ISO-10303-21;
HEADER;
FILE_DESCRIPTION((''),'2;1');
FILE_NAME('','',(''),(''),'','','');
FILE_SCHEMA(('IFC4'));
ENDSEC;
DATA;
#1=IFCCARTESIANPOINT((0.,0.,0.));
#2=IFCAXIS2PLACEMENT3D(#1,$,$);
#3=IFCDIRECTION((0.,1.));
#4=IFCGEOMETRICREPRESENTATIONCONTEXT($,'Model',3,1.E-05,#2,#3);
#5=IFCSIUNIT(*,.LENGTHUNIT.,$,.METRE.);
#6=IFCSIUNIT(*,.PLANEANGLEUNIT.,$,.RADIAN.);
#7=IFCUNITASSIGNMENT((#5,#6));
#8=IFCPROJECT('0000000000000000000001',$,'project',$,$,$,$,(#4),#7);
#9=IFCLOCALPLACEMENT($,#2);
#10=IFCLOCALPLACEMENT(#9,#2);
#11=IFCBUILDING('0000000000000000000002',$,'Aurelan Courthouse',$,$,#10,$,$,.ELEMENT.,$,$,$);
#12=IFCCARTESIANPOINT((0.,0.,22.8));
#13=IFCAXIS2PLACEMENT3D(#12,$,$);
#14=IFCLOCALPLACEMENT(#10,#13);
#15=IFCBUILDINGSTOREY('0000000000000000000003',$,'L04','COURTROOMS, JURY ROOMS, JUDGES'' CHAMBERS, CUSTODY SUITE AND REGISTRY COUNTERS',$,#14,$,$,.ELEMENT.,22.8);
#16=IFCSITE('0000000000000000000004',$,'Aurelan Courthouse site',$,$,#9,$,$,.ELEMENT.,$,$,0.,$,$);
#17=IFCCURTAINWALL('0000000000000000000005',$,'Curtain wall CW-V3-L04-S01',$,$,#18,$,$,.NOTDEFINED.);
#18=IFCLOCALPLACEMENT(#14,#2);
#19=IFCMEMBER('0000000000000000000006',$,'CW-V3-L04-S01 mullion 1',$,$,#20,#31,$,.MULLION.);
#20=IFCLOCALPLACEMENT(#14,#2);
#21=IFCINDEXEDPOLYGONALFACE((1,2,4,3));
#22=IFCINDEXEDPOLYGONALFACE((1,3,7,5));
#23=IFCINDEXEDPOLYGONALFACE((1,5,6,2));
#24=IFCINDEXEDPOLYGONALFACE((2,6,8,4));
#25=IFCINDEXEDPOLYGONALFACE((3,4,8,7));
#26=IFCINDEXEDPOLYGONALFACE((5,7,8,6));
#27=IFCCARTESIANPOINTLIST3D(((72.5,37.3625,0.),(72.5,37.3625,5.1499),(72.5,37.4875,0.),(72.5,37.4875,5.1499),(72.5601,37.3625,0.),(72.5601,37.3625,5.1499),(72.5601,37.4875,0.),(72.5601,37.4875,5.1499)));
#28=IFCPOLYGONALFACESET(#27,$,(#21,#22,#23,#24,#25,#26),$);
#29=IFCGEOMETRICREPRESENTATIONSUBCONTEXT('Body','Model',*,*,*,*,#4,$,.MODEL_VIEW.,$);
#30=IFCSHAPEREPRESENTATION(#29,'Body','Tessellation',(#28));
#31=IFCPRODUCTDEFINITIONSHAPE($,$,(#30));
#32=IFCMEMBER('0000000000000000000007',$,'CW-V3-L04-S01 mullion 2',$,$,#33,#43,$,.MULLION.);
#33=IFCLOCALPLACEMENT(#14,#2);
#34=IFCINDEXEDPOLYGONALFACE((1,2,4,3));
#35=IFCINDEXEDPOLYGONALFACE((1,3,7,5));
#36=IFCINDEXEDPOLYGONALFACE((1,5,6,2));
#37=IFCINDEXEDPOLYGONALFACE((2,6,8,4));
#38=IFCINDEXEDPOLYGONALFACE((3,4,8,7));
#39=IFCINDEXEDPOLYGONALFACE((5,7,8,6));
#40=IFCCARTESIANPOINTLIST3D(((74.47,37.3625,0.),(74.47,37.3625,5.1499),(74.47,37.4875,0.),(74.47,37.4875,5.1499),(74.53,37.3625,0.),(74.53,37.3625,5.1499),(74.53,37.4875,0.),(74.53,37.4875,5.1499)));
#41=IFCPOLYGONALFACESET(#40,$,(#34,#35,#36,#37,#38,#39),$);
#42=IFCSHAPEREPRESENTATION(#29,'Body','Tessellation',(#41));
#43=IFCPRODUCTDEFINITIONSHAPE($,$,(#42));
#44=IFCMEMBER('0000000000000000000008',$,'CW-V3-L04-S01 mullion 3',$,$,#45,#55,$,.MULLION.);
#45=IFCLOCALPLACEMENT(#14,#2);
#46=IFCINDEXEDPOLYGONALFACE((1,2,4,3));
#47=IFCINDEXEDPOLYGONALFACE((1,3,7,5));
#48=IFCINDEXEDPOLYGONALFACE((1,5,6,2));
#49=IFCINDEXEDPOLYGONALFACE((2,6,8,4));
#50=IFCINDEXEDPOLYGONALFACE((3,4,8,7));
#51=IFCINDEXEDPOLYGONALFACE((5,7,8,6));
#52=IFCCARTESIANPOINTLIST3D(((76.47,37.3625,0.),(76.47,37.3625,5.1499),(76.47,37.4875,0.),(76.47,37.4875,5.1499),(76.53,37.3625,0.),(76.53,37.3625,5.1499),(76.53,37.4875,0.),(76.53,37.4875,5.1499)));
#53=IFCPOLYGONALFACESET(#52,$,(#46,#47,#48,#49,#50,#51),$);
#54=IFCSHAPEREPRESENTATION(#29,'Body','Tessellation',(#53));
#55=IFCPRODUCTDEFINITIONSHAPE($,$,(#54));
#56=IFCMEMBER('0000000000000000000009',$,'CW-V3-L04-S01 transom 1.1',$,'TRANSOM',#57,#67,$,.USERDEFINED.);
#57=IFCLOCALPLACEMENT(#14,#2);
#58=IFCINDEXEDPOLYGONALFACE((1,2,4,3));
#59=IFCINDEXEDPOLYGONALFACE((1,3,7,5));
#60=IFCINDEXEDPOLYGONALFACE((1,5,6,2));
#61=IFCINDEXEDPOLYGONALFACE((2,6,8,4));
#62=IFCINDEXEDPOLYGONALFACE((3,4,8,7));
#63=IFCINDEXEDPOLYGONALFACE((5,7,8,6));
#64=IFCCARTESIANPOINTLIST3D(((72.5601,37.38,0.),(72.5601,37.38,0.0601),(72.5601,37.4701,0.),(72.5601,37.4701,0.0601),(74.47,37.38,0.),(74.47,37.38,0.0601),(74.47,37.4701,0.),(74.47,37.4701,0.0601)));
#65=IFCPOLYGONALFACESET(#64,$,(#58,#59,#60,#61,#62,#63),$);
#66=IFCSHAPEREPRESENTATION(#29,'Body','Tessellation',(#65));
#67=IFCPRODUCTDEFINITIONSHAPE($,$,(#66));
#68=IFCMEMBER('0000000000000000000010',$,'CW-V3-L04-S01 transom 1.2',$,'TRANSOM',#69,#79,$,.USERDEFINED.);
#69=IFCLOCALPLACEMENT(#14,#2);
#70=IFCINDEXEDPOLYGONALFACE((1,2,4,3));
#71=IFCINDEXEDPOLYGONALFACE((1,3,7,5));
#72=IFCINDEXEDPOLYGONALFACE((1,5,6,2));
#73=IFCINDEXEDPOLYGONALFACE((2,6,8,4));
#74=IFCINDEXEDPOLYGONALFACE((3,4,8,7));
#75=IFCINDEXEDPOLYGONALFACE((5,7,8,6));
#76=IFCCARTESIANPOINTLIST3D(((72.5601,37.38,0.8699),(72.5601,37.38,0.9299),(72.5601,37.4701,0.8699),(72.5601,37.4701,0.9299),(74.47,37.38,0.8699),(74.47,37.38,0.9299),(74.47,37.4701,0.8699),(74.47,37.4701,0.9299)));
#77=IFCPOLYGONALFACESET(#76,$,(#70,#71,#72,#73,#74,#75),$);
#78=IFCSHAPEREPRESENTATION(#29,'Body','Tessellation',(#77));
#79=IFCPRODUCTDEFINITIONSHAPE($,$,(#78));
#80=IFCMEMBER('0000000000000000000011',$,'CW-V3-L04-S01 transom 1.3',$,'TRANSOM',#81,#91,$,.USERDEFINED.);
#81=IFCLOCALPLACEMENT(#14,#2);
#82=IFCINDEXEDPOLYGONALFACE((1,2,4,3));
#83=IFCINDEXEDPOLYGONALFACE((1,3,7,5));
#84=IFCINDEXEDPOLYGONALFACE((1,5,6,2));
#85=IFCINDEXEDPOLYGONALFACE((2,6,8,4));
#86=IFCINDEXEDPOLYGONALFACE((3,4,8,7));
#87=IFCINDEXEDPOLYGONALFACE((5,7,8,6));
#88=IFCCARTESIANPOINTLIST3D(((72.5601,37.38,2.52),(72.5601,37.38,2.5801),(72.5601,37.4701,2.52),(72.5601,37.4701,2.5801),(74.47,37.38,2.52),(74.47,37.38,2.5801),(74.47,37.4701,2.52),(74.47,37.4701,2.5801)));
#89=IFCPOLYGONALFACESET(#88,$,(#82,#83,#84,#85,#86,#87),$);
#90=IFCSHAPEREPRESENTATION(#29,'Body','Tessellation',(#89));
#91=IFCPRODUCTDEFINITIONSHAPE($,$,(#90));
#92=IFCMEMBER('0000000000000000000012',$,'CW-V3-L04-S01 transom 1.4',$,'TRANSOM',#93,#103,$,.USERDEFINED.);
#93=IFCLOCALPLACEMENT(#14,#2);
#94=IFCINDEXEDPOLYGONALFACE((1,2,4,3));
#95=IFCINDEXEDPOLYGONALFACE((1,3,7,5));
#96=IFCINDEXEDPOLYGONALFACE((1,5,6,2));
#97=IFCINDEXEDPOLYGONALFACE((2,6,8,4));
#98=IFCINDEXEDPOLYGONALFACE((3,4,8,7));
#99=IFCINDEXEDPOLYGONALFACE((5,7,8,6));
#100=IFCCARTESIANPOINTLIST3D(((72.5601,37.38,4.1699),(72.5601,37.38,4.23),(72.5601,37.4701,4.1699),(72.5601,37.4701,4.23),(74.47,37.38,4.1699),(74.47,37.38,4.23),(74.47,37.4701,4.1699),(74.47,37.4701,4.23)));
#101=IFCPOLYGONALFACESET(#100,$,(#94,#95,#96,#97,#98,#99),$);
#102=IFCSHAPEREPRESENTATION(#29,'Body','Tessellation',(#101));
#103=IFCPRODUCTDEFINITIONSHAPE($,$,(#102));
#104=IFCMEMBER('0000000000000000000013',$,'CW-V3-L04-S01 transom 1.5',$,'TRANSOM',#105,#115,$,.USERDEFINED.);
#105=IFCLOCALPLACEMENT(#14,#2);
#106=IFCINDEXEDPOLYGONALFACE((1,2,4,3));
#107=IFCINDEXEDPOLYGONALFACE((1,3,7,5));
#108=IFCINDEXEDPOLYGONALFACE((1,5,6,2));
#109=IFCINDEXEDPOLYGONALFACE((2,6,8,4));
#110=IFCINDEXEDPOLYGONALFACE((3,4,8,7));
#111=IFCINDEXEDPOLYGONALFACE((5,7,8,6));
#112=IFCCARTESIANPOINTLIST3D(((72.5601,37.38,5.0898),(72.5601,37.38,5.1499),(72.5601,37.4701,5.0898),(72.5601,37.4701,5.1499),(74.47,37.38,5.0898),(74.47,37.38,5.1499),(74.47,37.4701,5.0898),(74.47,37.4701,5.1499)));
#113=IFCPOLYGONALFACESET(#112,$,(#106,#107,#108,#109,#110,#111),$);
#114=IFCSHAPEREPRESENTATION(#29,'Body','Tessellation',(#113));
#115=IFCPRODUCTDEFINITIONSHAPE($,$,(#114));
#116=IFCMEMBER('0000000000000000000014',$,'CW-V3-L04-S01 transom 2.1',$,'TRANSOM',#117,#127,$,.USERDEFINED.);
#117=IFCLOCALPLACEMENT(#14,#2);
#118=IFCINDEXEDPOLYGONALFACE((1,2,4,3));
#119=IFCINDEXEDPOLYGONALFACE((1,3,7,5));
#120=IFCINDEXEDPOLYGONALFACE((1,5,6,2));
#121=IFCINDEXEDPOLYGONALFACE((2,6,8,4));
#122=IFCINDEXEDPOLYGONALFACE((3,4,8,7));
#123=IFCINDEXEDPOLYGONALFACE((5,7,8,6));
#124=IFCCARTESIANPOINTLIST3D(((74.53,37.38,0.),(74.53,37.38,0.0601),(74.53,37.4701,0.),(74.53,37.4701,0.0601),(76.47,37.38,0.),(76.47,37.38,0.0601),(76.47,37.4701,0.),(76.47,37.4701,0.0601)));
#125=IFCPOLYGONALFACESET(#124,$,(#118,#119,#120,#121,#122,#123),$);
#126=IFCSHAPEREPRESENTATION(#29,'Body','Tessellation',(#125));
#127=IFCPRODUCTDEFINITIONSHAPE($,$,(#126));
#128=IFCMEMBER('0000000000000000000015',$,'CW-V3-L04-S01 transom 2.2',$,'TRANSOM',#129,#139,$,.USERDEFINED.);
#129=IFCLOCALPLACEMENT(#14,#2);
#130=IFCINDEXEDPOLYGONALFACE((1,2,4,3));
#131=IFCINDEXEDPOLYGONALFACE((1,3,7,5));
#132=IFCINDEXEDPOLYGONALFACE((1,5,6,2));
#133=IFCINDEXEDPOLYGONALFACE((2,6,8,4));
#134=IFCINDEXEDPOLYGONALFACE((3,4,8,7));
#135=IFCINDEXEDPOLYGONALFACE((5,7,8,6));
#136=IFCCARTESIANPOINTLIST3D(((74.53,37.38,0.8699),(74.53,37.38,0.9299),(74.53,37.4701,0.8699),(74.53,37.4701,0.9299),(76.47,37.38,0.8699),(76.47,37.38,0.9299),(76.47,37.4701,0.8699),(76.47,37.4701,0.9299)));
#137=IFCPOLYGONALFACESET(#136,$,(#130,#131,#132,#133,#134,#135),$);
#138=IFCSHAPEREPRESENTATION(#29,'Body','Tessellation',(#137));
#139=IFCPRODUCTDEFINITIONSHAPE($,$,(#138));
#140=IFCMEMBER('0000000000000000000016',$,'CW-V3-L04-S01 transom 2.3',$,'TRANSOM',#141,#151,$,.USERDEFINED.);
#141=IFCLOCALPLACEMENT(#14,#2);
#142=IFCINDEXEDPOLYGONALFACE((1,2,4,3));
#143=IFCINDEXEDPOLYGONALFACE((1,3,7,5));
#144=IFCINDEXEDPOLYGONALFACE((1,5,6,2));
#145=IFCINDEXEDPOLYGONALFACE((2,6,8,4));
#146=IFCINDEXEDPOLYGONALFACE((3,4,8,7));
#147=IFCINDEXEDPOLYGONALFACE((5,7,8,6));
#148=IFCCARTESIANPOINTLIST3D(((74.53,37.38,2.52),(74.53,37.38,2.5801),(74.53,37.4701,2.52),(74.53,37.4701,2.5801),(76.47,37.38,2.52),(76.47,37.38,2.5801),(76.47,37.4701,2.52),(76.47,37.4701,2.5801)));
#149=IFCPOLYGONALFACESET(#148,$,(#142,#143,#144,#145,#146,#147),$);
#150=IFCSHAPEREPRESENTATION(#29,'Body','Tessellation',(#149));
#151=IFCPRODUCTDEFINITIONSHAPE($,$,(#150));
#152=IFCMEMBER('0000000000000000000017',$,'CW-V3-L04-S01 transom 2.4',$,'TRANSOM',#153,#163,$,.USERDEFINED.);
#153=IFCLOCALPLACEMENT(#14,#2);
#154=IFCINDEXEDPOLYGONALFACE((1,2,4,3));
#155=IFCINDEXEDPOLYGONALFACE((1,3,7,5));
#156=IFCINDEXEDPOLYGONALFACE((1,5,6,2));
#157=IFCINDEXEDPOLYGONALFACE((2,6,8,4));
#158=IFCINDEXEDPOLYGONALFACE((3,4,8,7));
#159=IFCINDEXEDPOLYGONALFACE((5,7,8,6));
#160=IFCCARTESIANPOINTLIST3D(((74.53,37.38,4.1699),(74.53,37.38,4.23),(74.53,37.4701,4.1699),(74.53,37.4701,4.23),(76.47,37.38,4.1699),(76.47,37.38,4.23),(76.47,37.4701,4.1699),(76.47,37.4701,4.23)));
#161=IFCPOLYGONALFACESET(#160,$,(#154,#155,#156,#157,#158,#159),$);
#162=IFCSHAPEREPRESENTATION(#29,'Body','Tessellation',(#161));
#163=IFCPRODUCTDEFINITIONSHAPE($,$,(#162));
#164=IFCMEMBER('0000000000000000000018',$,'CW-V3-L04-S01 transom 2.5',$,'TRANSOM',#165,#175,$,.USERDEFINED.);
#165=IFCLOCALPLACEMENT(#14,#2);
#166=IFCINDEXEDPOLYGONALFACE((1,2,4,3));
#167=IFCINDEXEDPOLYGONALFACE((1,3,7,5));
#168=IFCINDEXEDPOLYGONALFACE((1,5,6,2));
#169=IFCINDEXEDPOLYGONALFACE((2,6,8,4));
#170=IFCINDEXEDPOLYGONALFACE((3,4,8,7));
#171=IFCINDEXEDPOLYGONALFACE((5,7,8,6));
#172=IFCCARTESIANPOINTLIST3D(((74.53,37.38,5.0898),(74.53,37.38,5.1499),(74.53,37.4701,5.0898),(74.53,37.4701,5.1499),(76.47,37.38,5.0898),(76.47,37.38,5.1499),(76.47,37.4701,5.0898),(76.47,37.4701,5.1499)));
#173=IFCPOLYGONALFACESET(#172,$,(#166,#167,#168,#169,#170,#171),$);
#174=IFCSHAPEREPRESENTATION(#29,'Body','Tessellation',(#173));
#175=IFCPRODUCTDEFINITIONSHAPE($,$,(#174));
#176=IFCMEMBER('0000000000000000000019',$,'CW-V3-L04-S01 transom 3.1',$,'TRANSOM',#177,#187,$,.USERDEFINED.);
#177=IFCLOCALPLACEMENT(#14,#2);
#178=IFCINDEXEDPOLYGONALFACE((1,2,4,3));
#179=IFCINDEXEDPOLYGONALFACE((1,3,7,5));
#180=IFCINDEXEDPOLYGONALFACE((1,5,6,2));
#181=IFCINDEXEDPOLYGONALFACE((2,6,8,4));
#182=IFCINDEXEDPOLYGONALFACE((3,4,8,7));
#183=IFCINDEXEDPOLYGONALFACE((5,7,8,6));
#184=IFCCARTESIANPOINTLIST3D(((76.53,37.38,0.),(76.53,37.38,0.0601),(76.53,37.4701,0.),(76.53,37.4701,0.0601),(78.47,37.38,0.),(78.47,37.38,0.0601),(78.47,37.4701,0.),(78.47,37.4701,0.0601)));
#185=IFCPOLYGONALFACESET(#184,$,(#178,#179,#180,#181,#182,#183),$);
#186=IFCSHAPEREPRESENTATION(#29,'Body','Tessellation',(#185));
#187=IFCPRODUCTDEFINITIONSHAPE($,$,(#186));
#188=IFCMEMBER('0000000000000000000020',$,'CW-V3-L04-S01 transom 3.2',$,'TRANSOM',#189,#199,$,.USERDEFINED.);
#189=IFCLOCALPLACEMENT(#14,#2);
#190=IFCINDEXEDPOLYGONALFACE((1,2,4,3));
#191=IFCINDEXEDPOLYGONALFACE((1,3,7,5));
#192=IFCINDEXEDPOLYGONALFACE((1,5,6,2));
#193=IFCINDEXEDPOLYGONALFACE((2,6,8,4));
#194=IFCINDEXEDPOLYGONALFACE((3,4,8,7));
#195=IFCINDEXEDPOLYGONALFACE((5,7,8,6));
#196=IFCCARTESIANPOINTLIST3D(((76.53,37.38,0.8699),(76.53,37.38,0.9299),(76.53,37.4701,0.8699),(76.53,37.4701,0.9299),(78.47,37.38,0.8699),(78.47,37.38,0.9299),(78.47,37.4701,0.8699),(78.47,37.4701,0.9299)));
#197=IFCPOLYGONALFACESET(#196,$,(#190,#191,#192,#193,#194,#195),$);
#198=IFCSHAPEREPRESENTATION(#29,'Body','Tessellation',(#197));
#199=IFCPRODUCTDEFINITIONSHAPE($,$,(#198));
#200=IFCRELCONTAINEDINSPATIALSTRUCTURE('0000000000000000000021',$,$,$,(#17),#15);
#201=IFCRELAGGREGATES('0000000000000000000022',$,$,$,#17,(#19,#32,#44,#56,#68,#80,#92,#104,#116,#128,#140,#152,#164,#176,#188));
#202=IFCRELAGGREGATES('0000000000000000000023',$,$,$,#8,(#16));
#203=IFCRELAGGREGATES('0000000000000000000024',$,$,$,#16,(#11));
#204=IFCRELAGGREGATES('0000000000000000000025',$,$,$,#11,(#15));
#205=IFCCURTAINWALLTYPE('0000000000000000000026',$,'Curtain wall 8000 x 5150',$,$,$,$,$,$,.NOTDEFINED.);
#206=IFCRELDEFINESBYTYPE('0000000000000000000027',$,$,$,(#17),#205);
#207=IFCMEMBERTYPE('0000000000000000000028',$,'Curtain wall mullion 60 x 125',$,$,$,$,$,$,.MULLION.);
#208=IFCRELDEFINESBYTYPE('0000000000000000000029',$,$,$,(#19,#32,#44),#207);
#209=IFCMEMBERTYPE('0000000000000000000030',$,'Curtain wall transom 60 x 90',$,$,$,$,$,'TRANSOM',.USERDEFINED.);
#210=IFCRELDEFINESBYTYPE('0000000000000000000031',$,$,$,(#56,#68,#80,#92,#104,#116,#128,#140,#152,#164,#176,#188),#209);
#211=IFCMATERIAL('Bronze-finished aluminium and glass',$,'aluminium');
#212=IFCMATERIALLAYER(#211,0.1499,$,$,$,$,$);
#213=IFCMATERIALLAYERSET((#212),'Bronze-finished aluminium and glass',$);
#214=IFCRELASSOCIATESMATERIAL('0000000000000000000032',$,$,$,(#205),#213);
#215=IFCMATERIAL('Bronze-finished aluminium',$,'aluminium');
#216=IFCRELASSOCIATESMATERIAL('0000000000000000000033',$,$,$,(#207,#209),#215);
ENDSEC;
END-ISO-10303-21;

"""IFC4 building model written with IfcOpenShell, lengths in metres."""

from ifc_helpers import new_model, si_unit, direction, frame, origin, origin_2d, place, context, subcontext, project, spatial, rectangle, extrude, material, layer, layer_set, material_profile, profile_set, type_object, element, aggregate, save


model = new_model("IFC4")

# Units and contexts
model_context = context("Model", 3, precision=1e-05, world=origin(), true_north=direction((0.0, 1.0)))
body_context = subcontext(model_context, "Body", "Model", "MODEL_VIEW")
ifc_project = project(units=[si_unit("LENGTHUNIT", "METRE"), si_unit("PLANEANGLEUNIT", "RADIAN")], contexts=[model_context])

# Site, building, storey
site_placement = place(None, origin())
site = spatial("IfcSite", under=ifc_project, at=site_placement, Name="Aurelan Courthouse site", CompositionType="ELEMENT", RefElevation=0.0)
building_placement = place(site_placement, origin())
building = spatial("IfcBuilding", under=site, at=building_placement, Name="Aurelan Courthouse", CompositionType="ELEMENT")
storey_placement = place(building_placement, frame((0.0, 0.0, 22.8)))
storey = spatial("IfcBuildingStorey", under=building, at=storey_placement, Name="L04", Description="COURTROOMS, JURY ROOMS, JUDGES' CHAMBERS, CUSTODY SUITE AND REGISTRY COUNTERS", CompositionType="ELEMENT", Elevation=22.8)

# Curtain wall, members
ifc_material_1 = material(Name="Bronze-finished aluminium and glass", Category="aluminium")
ifc_layer_1 = layer(ifc_material_1, 0.1499)
ifc_layer_set_1 = layer_set([ifc_layer_1], Name="Bronze-finished aluminium and glass")
curtain_wall_type = type_object("IfcCurtainWallType", Name="Curtain wall 8000 x 5150", PredefinedType="NOTDEFINED", material=ifc_layer_set_1)
curtain_wall_placement = place(storey_placement, origin())
curtain_wall = element("IfcCurtainWall", 1, at=curtain_wall_placement, inside=storey, type_object=curtain_wall_type, Name="Curtain wall CW-V3-L04-S01", PredefinedType="NOTDEFINED")
ifc_material_2 = material(Name="Bronze-finished aluminium", Category="aluminium")
ifc_material_profile_1 = material_profile(ifc_material_2, rectangle(XDim=0.125, YDim=0.0601, at=origin_2d()), Name="Bronze mullion 60 x 125")
ifc_profile_set_1 = profile_set([ifc_material_profile_1], Name="Bronze-finished aluminium")
member_type_1 = type_object("IfcMemberType", Name="Curtain wall mullion 60 x 125", PredefinedType="MULLION", material=ifc_profile_set_1)
member_1_placement = place(storey_placement, frame((72.53, 37.425, 0.0), z_axis=(0.0, 0.0, 1.0), x_axis=(0.0, 1.0, 0.0)))
member_1 = element("IfcMember", 2, at=member_1_placement, type_object=member_type_1, Name="CW-V3-L04-S01 mullion 1", PredefinedType="MULLION", context=body_context, shape_type="SweptSolid", body=[
    extrude(rectangle(XDim=0.125, YDim=0.0601, at=origin_2d()), origin(), (0.0, 0.0, 1.0), 5.1499),
])
member_2_placement = place(storey_placement, frame((74.5, 37.425, 0.0), z_axis=(0.0, 0.0, 1.0), x_axis=(0.0, 1.0, 0.0)))
member_2 = element("IfcMember", 3, at=member_2_placement, type_object=member_type_1, Name="CW-V3-L04-S01 mullion 2", PredefinedType="MULLION", context=body_context, shape_type="SweptSolid", body=[
    extrude(rectangle(XDim=0.125, YDim=0.0601, at=origin_2d()), origin(), (0.0, 0.0, 1.0), 5.1499),
])
member_3_placement = place(storey_placement, frame((76.5, 37.425, 0.0), z_axis=(0.0, 0.0, 1.0), x_axis=(0.0, 1.0, 0.0)))
member_3 = element("IfcMember", 4, at=member_3_placement, type_object=member_type_1, Name="CW-V3-L04-S01 mullion 3", PredefinedType="MULLION", context=body_context, shape_type="SweptSolid", body=[
    extrude(rectangle(XDim=0.125, YDim=0.0601, at=origin_2d()), origin(), (0.0, 0.0, 1.0), 5.1499),
])
ifc_material_profile_2 = material_profile(ifc_material_2, rectangle(XDim=0.0901, YDim=0.0601, at=origin_2d()), Name="Bronze transom 60 x 90")
ifc_profile_set_2 = profile_set([ifc_material_profile_2], Name="Bronze-finished aluminium")
member_type_2 = type_object("IfcMemberType", Name="Curtain wall transom 60 x 90", ElementType="TRANSOM", PredefinedType="USERDEFINED", material=ifc_profile_set_2)
member_4_placement = place(storey_placement, frame((72.5601, 37.425, 0.03), z_axis=(1.0, 0.0, 0.0), x_axis=(0.0, 1.0, 0.0)))
member_4 = element("IfcMember", 5, at=member_4_placement, type_object=member_type_2, Name="CW-V3-L04-S01 transom 1.1", ObjectType="TRANSOM", PredefinedType="USERDEFINED", context=body_context, shape_type="SweptSolid", body=[
    extrude(rectangle(XDim=0.0901, YDim=0.0601, at=origin_2d()), origin(), (0.0, 0.0, 1.0), 1.9099),
])
member_5_placement = place(storey_placement, frame((72.5601, 37.425, 0.8999), z_axis=(1.0, 0.0, 0.0), x_axis=(0.0, 1.0, 0.0)))
member_5 = element("IfcMember", 6, at=member_5_placement, type_object=member_type_2, Name="CW-V3-L04-S01 transom 1.2", ObjectType="TRANSOM", PredefinedType="USERDEFINED", context=body_context, shape_type="SweptSolid", body=[
    extrude(rectangle(XDim=0.0901, YDim=0.0601, at=origin_2d()), origin(), (0.0, 0.0, 1.0), 1.9099),
])
member_6_placement = place(storey_placement, frame((72.5601, 37.425, 2.55), z_axis=(1.0, 0.0, 0.0), x_axis=(0.0, 1.0, 0.0)))
member_6 = element("IfcMember", 7, at=member_6_placement, type_object=member_type_2, Name="CW-V3-L04-S01 transom 1.3", ObjectType="TRANSOM", PredefinedType="USERDEFINED", context=body_context, shape_type="SweptSolid", body=[
    extrude(rectangle(XDim=0.0901, YDim=0.0601, at=origin_2d()), origin(), (0.0, 0.0, 1.0), 1.9099),
])
member_7_placement = place(storey_placement, frame((72.5601, 37.425, 4.2), z_axis=(1.0, 0.0, 0.0), x_axis=(0.0, 1.0, 0.0)))
member_7 = element("IfcMember", 8, at=member_7_placement, type_object=member_type_2, Name="CW-V3-L04-S01 transom 1.4", ObjectType="TRANSOM", PredefinedType="USERDEFINED", context=body_context, shape_type="SweptSolid", body=[
    extrude(rectangle(XDim=0.0901, YDim=0.0601, at=origin_2d()), origin(), (0.0, 0.0, 1.0), 1.9099),
])
member_8_placement = place(storey_placement, frame((72.5601, 37.425, 5.1199), z_axis=(1.0, 0.0, 0.0), x_axis=(0.0, 1.0, 0.0)))
member_8 = element("IfcMember", 9, at=member_8_placement, type_object=member_type_2, Name="CW-V3-L04-S01 transom 1.5", ObjectType="TRANSOM", PredefinedType="USERDEFINED", context=body_context, shape_type="SweptSolid", body=[
    extrude(rectangle(XDim=0.0901, YDim=0.0601, at=origin_2d()), origin(), (0.0, 0.0, 1.0), 1.9099),
])
member_9_placement = place(storey_placement, frame((74.53, 37.425, 0.03), z_axis=(1.0, 0.0, 0.0), x_axis=(0.0, 1.0, 0.0)))
member_9 = element("IfcMember", 10, at=member_9_placement, type_object=member_type_2, Name="CW-V3-L04-S01 transom 2.1", ObjectType="TRANSOM", PredefinedType="USERDEFINED", context=body_context, shape_type="SweptSolid", body=[
    extrude(rectangle(XDim=0.0901, YDim=0.0601, at=origin_2d()), origin(), (0.0, 0.0, 1.0), 1.9399),
])
member_10_placement = place(storey_placement, frame((74.53, 37.425, 0.8999), z_axis=(1.0, 0.0, 0.0), x_axis=(0.0, 1.0, 0.0)))
member_10 = element("IfcMember", 11, at=member_10_placement, type_object=member_type_2, Name="CW-V3-L04-S01 transom 2.2", ObjectType="TRANSOM", PredefinedType="USERDEFINED", context=body_context, shape_type="SweptSolid", body=[
    extrude(rectangle(XDim=0.0901, YDim=0.0601, at=origin_2d()), origin(), (0.0, 0.0, 1.0), 1.9399),
])
member_11_placement = place(storey_placement, frame((74.53, 37.425, 2.55), z_axis=(1.0, 0.0, 0.0), x_axis=(0.0, 1.0, 0.0)))
member_11 = element("IfcMember", 12, at=member_11_placement, type_object=member_type_2, Name="CW-V3-L04-S01 transom 2.3", ObjectType="TRANSOM", PredefinedType="USERDEFINED", context=body_context, shape_type="SweptSolid", body=[
    extrude(rectangle(XDim=0.0901, YDim=0.0601, at=origin_2d()), origin(), (0.0, 0.0, 1.0), 1.9399),
])
member_12_placement = place(storey_placement, frame((74.53, 37.425, 4.2), z_axis=(1.0, 0.0, 0.0), x_axis=(0.0, 1.0, 0.0)))
member_12 = element("IfcMember", 13, at=member_12_placement, type_object=member_type_2, Name="CW-V3-L04-S01 transom 2.4", ObjectType="TRANSOM", PredefinedType="USERDEFINED", context=body_context, shape_type="SweptSolid", body=[
    extrude(rectangle(XDim=0.0901, YDim=0.0601, at=origin_2d()), origin(), (0.0, 0.0, 1.0), 1.9399),
])
member_13_placement = place(storey_placement, frame((74.53, 37.425, 5.1199), z_axis=(1.0, 0.0, 0.0), x_axis=(0.0, 1.0, 0.0)))
member_13 = element("IfcMember", 14, at=member_13_placement, type_object=member_type_2, Name="CW-V3-L04-S01 transom 2.5", ObjectType="TRANSOM", PredefinedType="USERDEFINED", context=body_context, shape_type="SweptSolid", body=[
    extrude(rectangle(XDim=0.0901, YDim=0.0601, at=origin_2d()), origin(), (0.0, 0.0, 1.0), 1.9399),
])
member_14_placement = place(storey_placement, frame((76.53, 37.425, 0.03), z_axis=(1.0, 0.0, 0.0), x_axis=(0.0, 1.0, 0.0)))
member_14 = element("IfcMember", 15, at=member_14_placement, type_object=member_type_2, Name="CW-V3-L04-S01 transom 3.1", ObjectType="TRANSOM", PredefinedType="USERDEFINED", context=body_context, shape_type="SweptSolid", body=[
    extrude(rectangle(XDim=0.0901, YDim=0.0601, at=origin_2d()), origin(), (0.0, 0.0, 1.0), 1.9399),
])
member_15_placement = place(storey_placement, frame((76.53, 37.425, 0.8999), z_axis=(1.0, 0.0, 0.0), x_axis=(0.0, 1.0, 0.0)))
member_15 = element("IfcMember", 16, at=member_15_placement, type_object=member_type_2, Name="CW-V3-L04-S01 transom 3.2", ObjectType="TRANSOM", PredefinedType="USERDEFINED", context=body_context, shape_type="SweptSolid", body=[
    extrude(rectangle(XDim=0.0901, YDim=0.0601, at=origin_2d()), origin(), (0.0, 0.0, 1.0), 1.9399),
])

aggregate(curtain_wall, [member_1, member_2, member_3, member_4, member_5, member_6, member_7, member_8, member_9, member_10, member_11, member_12, member_13, member_14, member_15])

save(model, "model.ifc")
